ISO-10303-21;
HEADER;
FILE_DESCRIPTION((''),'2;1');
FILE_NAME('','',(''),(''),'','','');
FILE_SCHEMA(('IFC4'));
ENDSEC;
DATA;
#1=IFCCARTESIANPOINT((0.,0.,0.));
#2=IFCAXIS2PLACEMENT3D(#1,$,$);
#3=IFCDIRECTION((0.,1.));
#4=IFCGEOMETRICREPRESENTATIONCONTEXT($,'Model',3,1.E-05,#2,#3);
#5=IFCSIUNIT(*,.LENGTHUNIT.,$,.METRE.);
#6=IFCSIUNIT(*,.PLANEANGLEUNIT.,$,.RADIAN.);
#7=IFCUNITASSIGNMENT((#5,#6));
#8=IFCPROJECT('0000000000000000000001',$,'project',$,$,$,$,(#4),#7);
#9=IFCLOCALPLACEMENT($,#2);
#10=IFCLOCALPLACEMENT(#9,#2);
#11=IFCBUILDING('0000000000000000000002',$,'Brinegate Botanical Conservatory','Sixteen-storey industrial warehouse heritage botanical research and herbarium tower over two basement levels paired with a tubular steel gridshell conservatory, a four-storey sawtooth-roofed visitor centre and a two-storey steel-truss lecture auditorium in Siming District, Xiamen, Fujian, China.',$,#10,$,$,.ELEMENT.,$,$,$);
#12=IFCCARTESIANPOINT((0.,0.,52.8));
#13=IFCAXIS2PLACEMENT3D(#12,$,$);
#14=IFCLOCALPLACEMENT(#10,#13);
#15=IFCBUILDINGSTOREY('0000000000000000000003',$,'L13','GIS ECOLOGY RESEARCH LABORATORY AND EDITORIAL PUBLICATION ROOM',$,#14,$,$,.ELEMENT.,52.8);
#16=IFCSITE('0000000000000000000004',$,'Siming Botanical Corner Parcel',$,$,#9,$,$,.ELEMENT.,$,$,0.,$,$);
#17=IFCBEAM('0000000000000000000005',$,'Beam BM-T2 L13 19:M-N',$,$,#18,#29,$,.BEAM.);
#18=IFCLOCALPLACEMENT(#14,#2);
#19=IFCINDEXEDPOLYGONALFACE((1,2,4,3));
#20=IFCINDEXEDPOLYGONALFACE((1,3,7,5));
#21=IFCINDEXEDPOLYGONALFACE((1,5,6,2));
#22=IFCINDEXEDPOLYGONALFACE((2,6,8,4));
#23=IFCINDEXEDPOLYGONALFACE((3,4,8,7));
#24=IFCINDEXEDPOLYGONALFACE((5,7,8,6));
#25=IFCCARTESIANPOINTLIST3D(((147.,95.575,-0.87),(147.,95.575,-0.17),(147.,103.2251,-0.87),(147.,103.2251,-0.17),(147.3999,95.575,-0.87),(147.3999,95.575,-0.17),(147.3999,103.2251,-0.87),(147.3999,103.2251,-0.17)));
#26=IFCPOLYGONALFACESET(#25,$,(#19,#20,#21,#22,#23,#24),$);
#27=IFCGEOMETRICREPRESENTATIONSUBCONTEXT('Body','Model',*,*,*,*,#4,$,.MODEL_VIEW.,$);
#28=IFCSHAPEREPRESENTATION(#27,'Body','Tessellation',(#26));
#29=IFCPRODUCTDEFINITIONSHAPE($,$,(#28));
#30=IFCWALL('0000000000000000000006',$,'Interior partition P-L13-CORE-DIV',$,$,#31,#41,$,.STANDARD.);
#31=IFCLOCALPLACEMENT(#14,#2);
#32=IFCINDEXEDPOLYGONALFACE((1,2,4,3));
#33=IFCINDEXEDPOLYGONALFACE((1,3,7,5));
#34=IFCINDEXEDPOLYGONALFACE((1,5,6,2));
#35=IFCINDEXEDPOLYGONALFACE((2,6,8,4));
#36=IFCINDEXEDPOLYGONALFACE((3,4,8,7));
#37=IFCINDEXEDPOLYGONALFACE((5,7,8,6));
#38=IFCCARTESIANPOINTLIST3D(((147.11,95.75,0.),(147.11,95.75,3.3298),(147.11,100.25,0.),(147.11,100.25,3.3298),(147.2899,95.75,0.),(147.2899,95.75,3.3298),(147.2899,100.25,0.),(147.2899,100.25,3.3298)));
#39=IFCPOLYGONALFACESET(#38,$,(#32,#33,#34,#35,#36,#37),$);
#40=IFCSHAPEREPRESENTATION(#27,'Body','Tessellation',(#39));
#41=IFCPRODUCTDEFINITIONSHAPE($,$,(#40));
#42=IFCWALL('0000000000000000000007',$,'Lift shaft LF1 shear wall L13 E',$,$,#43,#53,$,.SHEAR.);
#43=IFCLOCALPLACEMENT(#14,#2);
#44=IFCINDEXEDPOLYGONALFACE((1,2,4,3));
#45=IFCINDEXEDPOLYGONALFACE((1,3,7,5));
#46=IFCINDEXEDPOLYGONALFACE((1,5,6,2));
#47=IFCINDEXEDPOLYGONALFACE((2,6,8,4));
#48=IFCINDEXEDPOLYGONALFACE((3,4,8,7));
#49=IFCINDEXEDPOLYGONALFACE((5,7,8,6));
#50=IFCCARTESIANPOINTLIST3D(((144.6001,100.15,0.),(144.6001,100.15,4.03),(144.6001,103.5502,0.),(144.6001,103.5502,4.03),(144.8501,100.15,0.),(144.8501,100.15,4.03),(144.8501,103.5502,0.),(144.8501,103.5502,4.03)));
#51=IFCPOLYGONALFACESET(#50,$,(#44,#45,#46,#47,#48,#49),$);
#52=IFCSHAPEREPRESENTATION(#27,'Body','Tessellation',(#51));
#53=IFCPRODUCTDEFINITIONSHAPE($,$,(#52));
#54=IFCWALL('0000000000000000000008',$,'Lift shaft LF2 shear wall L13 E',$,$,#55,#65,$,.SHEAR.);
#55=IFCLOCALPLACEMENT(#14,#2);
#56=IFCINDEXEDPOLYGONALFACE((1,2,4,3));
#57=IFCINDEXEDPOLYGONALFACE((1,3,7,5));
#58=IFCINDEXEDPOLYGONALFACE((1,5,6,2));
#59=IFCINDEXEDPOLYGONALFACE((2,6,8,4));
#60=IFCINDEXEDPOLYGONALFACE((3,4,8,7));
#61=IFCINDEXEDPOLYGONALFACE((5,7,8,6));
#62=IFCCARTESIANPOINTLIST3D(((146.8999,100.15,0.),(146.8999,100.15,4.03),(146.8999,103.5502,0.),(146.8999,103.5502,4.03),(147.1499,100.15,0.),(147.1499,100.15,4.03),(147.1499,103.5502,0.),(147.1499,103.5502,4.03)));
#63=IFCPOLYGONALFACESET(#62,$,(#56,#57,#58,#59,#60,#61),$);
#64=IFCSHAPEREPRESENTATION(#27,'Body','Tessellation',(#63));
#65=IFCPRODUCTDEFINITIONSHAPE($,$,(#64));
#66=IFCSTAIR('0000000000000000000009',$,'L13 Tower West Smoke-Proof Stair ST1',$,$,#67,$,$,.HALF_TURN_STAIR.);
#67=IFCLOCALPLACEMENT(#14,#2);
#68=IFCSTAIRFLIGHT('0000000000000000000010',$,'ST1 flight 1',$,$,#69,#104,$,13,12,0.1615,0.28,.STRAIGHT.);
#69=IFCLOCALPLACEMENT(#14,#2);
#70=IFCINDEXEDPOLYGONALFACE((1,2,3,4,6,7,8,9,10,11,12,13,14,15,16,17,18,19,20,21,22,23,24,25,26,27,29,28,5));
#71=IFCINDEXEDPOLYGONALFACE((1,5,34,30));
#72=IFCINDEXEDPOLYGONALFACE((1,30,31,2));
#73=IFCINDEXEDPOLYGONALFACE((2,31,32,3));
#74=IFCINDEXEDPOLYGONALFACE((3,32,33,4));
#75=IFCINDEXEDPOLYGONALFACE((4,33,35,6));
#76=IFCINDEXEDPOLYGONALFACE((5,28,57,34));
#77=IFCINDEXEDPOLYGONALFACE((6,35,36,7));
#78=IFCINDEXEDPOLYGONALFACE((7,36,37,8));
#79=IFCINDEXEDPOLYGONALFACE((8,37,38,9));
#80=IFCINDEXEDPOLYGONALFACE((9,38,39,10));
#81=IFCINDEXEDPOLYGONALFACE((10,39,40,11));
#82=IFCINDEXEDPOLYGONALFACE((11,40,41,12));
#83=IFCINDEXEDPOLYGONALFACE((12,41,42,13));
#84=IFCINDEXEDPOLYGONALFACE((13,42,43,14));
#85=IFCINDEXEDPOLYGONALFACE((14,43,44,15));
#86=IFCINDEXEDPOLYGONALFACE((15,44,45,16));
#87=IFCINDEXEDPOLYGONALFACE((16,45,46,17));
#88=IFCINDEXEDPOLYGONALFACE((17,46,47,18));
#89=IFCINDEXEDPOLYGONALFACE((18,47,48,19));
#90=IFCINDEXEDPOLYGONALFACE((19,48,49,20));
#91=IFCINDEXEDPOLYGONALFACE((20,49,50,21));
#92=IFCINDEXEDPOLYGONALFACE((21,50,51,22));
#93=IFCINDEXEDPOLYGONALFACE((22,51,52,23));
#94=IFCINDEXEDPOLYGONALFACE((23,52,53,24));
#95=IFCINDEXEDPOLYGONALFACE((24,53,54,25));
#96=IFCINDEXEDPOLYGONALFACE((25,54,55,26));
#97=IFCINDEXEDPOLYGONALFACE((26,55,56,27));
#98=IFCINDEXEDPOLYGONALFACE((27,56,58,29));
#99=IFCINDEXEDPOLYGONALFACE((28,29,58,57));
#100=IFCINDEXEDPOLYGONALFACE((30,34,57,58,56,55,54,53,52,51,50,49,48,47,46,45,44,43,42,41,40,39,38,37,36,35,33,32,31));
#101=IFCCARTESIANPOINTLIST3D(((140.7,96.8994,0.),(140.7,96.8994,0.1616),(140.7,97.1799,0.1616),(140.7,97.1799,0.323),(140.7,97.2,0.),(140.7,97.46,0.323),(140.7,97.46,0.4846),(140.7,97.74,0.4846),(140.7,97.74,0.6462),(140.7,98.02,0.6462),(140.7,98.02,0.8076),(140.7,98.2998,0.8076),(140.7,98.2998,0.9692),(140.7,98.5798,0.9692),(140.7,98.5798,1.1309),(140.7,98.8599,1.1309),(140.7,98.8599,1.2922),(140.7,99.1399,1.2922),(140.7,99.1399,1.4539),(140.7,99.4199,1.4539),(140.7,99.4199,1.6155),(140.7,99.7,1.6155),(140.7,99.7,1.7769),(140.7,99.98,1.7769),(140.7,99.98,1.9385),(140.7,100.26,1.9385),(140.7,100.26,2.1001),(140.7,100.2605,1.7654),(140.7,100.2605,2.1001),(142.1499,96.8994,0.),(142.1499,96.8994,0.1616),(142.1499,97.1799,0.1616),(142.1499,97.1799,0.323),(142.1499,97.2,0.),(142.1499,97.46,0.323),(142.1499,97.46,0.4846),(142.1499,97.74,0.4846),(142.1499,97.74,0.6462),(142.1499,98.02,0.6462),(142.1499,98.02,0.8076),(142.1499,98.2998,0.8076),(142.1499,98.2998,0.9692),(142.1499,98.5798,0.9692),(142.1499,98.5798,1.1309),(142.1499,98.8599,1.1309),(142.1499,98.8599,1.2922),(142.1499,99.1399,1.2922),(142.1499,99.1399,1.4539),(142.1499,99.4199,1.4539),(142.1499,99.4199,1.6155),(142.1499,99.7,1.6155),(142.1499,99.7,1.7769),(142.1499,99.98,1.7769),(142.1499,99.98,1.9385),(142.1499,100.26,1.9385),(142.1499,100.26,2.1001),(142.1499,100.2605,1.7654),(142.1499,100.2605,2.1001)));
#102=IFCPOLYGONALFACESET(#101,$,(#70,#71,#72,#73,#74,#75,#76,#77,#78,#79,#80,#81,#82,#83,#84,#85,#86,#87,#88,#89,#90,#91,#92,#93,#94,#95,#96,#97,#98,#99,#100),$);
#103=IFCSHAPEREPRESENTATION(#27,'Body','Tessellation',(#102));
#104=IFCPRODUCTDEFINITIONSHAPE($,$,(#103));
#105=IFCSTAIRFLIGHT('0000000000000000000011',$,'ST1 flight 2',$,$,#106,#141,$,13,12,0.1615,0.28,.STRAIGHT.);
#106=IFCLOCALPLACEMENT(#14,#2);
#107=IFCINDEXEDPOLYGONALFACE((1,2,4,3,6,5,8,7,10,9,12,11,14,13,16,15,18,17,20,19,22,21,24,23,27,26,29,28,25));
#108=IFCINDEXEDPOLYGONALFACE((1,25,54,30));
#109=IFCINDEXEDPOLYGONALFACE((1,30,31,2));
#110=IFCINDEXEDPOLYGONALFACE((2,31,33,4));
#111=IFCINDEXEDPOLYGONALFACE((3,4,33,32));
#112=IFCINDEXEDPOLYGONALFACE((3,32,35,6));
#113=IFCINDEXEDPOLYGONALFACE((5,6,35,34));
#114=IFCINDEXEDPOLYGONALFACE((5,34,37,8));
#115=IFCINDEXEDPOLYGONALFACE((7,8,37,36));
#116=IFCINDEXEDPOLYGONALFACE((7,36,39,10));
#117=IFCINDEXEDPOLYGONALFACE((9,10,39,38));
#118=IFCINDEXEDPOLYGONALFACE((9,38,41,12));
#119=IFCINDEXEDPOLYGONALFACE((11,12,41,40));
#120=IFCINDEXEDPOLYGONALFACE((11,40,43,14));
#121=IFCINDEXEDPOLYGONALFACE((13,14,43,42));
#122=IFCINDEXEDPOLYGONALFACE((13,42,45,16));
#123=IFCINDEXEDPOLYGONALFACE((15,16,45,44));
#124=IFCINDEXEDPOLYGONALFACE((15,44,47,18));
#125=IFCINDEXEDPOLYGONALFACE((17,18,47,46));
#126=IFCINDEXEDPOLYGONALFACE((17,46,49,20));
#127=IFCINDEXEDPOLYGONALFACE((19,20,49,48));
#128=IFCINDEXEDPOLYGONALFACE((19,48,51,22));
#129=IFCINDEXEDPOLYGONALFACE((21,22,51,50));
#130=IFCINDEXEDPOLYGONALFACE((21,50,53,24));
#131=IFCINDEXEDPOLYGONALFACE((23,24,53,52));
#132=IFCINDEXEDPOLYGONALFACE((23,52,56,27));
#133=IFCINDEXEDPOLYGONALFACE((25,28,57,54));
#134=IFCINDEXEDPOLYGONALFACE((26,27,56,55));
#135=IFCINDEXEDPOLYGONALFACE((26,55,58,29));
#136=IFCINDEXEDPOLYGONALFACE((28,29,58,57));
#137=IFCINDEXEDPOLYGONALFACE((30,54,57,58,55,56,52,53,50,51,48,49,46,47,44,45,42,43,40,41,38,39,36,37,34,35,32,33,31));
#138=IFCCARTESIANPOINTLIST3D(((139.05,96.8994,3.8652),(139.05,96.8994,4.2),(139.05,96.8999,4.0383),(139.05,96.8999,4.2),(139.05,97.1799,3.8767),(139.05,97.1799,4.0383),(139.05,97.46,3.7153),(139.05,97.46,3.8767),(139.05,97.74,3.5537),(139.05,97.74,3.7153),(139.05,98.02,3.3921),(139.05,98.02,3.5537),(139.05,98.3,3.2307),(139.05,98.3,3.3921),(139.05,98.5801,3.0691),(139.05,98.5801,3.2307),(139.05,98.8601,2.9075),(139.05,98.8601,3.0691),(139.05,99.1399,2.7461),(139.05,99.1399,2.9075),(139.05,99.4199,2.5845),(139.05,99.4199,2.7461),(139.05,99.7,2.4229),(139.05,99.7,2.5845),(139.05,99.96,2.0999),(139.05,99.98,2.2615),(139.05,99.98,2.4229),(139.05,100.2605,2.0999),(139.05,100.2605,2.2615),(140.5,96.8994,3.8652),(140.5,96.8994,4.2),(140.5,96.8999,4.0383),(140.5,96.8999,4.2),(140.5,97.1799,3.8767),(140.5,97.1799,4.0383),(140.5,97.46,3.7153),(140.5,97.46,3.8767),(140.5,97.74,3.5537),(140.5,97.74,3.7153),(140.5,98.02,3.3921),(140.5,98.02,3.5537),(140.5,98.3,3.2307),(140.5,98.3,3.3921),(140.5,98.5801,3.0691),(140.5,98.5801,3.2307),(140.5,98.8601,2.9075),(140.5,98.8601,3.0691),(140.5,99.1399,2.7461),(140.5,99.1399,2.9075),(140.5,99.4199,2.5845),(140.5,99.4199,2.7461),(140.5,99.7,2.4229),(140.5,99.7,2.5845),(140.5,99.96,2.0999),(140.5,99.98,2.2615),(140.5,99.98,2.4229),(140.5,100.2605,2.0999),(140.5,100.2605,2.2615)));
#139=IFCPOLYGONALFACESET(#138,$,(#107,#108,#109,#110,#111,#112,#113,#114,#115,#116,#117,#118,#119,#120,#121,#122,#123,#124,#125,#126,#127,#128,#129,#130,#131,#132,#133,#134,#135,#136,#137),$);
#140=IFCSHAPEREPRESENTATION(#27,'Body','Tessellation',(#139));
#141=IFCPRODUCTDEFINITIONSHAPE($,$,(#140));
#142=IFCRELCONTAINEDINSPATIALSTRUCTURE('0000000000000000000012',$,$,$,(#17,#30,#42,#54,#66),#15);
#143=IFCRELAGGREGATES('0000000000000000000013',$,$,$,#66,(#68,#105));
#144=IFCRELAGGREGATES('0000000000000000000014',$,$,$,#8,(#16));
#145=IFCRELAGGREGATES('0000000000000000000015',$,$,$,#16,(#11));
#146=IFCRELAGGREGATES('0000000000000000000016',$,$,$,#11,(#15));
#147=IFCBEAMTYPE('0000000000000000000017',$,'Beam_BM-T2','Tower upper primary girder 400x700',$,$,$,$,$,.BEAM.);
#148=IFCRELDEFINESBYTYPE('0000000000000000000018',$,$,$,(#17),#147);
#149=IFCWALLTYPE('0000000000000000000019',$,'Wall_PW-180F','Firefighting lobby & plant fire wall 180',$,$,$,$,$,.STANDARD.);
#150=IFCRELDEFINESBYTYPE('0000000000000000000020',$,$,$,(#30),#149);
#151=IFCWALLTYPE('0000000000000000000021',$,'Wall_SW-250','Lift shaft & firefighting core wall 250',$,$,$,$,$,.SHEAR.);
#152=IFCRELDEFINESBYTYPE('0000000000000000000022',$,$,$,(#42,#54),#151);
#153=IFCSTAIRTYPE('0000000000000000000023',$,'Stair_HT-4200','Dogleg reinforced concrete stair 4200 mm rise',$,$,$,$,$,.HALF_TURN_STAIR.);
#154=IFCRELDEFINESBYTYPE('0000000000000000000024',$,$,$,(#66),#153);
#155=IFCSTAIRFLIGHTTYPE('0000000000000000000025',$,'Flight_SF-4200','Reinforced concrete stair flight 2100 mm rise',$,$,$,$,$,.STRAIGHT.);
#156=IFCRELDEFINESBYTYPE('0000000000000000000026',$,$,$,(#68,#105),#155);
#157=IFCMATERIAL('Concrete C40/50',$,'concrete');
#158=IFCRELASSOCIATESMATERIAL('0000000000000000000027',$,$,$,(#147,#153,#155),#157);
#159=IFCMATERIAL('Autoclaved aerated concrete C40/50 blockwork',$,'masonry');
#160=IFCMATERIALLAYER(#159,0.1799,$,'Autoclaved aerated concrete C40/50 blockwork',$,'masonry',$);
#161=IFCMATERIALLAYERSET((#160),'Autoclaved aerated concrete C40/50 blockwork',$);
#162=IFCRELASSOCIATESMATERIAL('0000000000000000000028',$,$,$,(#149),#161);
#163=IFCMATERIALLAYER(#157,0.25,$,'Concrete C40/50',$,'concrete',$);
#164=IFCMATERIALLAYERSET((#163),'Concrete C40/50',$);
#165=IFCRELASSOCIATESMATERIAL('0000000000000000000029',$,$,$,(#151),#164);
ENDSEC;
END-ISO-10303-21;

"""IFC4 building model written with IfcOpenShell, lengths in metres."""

from ifc_helpers import new_model, si_unit, direction, frame, frame_2d, origin, origin_2d, place, context, subcontext, project, spatial, polyline, rectangle, outline, extrude, material, layer, layer_set, material_profile, profile_set, type_object, element, aggregate, save


model = new_model("IFC4")

# Units and contexts
model_context = context("Model", 3, precision=1e-05, world=origin(), true_north=direction((0.0, 1.0)))
body_context = subcontext(model_context, "Body", "Model", "MODEL_VIEW")
ifc_project = project(units=[si_unit("LENGTHUNIT", "METRE"), si_unit("PLANEANGLEUNIT", "RADIAN")], contexts=[model_context])

# Site, building, storey
site_placement = place(None, origin())
site = spatial("IfcSite", under=ifc_project, at=site_placement, Name="Siming Botanical Corner Parcel", CompositionType="ELEMENT", RefElevation=0.0)
building_placement = place(site_placement, origin())
building = spatial("IfcBuilding", under=site, at=building_placement, Name="Brinegate Botanical Conservatory", Description="Sixteen-storey industrial warehouse heritage botanical research and herbarium tower over two basement levels paired with a tubular steel gridshell conservatory, a four-storey sawtooth-roofed visitor centre and a two-storey steel-truss lecture auditorium in Siming District, Xiamen, Fujian, China.", CompositionType="ELEMENT")
storey_placement = place(building_placement, frame((0.0, 0.0, 52.8)))
storey = spatial("IfcBuildingStorey", under=building, at=storey_placement, Name="L13", Description="GIS ECOLOGY RESEARCH LABORATORY AND EDITORIAL PUBLICATION ROOM", CompositionType="ELEMENT", Elevation=52.8)

# Beam
ifc_material_1 = material(Name="Concrete C40/50", Category="concrete")
ifc_material_profile = material_profile(ifc_material_1, rectangle(XDim=0.3999, YDim=0.7, at=origin_2d()), Name="RC BM 400x700")
ifc_profile_set = profile_set([ifc_material_profile], Name="Concrete C40/50")
beam_type = type_object("IfcBeamType", Name="Beam_BM-T2", Description="Tower upper primary girder 400x700", PredefinedType="BEAM", material=ifc_profile_set)
beam_placement = place(storey_placement, frame((147.2, 95.575, -0.52), z_axis=(0.0, 1.0, 0.0), x_axis=(-1.0, 0.0, 0.0)))
element("IfcBeam", 1, at=beam_placement, inside=storey, type_object=beam_type, Name="Beam BM-T2 L13 19:M-N", PredefinedType="BEAM", context=body_context, shape_type="SweptSolid", body=[
    extrude(rectangle(XDim=0.3999, YDim=0.7, at=origin_2d()), origin(), (0.0, 0.0, 1.0), 7.6501),
])

# Wall
ifc_material_2 = material(Name="Autoclaved aerated concrete C40/50 blockwork", Category="masonry")
ifc_layer_1 = layer(ifc_material_2, 0.1799, Name="Autoclaved aerated concrete C40/50 blockwork", Category="masonry")
ifc_layer_set_1 = layer_set([ifc_layer_1], Name="Autoclaved aerated concrete C40/50 blockwork")
wall_type_1 = type_object("IfcWallType", Name="Wall_PW-180F", Description="Firefighting lobby & plant fire wall 180", PredefinedType="STANDARD", material=ifc_layer_set_1)
wall_1_placement = place(storey_placement, frame((147.2, 95.75, 0.0), z_axis=(0.0, 0.0, 1.0), x_axis=(0.0, 1.0, 0.0)))
element("IfcWall", 2, at=wall_1_placement, inside=storey, type_object=wall_type_1, Name="Interior partition P-L13-CORE-DIV", PredefinedType="STANDARD", context=body_context, shape_type="SweptSolid", body=[
    extrude(rectangle(XDim=4.5, YDim=0.1799, at=frame_2d((2.25, 0.0))), origin(), (0.0, 0.0, 1.0), 3.3298),
])

# Shared definitions
ifc_layer_2 = layer(ifc_material_1, 0.25, Name="Concrete C40/50", Category="concrete")
ifc_layer_set_2 = layer_set([ifc_layer_2], Name="Concrete C40/50")
wall_type_2 = type_object("IfcWallType", Name="Wall_SW-250", Description="Lift shaft & firefighting core wall 250", PredefinedType="SHEAR", material=ifc_layer_set_2)

# Wall
wall_2_placement = place(storey_placement, frame((144.7251, 100.1499, 0.0), z_axis=(0.0, 0.0, 1.0), x_axis=(0.0, 1.0, 0.0)))
element("IfcWall", 3, at=wall_2_placement, inside=storey, type_object=wall_type_2, Name="Lift shaft LF1 shear wall L13 E", PredefinedType="SHEAR", context=body_context, shape_type="SweptSolid", body=[
    extrude(rectangle(XDim=3.4001, YDim=0.25, at=frame_2d((1.7002, 0.0))), origin(), (0.0, 0.0, 1.0), 4.03),
])

# Wall
wall_3_placement = place(storey_placement, frame((147.0249, 100.1499, 0.0), z_axis=(0.0, 0.0, 1.0), x_axis=(0.0, 1.0, 0.0)))
element("IfcWall", 4, at=wall_3_placement, inside=storey, type_object=wall_type_2, Name="Lift shaft LF2 shear wall L13 E", PredefinedType="SHEAR", context=body_context, shape_type="SweptSolid", body=[
    extrude(rectangle(XDim=3.4001, YDim=0.25, at=frame_2d((1.7002, 0.0))), origin(), (0.0, 0.0, 1.0), 4.03),
])

# Stair, stair flights
stair_type = type_object("IfcStairType", Name="Stair_HT-4200", Description="Dogleg reinforced concrete stair 4200 mm rise", PredefinedType="HALF_TURN_STAIR", material=ifc_material_1)
stair_placement = place(storey_placement, origin())
stair = element("IfcStair", 5, at=stair_placement, inside=storey, type_object=stair_type, Name="L13 Tower West Smoke-Proof Stair ST1", PredefinedType="HALF_TURN_STAIR")
stair_flight_type = type_object("IfcStairFlightType", Name="Flight_SF-4200", Description="Reinforced concrete stair flight 2100 mm rise", PredefinedType="STRAIGHT", material=ifc_material_1)
stair_flight_1_placement = place(storey_placement, frame((141.425, 96.8999, 0.0), z_axis=(0.0, 0.0, 1.0), x_axis=(0.0, 1.0, 0.0)))
stair_flight_1 = element("IfcStairFlight", 6, at=stair_flight_1_placement, type_object=stair_flight_type, Name="ST1 flight 1", NumberOfRisers=13, NumberOfTreads=12, PredefinedType="STRAIGHT", RiserHeight=0.1615, TreadLength=0.28, context=body_context, shape_type="SweptSolid", body=[
    extrude(outline(polyline([(-0.0005, 0.0), (-0.0005, 0.1616), (0.28, 0.1616), (0.28, 0.323), (0.5601, 0.323), (0.5601, 0.4846), (0.8401, 0.4846), (0.8401, 0.6462), (1.1201, 0.6462), (1.1201, 0.8076), (1.3999, 0.8076), (1.3999, 0.9692), (1.6799, 0.9692), (1.6799, 1.1309), (1.96, 1.1309), (1.96, 1.2922), (2.24, 1.2922), (2.24, 1.4539), (2.52, 1.4539), (2.52, 1.6155), (2.8, 1.6155), (2.8, 1.7769), (3.0801, 1.7769), (3.0801, 1.9385), (3.3601, 1.9385), (3.3601, 2.1001), (3.3606, 2.1001), (3.3606, 1.7654), (0.3, 0.0), (-0.0005, 0.0)])), frame((0.0, 0.7251, 0.0), z_axis=(0.0, -1.0, 0.0), x_axis=(1.0, 0.0, 0.0)), (0.0, 0.0, 1.0), 1.45),
])
stair_flight_2_placement = place(storey_placement, frame((139.7749, 100.26, 2.0999), z_axis=(0.0, 0.0, 1.0), x_axis=(0.0, -1.0, 0.0)))
stair_flight_2 = element("IfcStairFlight", 7, at=stair_flight_2_placement, type_object=stair_flight_type, Name="ST1 flight 2", NumberOfRisers=13, NumberOfTreads=12, PredefinedType="STRAIGHT", RiserHeight=0.1615, TreadLength=0.28, context=body_context, shape_type="SweptSolid", body=[
    extrude(outline(polyline([(-0.0005, 0.0), (-0.0005, 0.1616), (0.28, 0.1616), (0.28, 0.323), (0.5601, 0.323), (0.5601, 0.4846), (0.8401, 0.4846), (0.8401, 0.6462), (1.1201, 0.6462), (1.1201, 0.8076), (1.3999, 0.8076), (1.3999, 0.9692), (1.6799, 0.9692), (1.6799, 1.1309), (1.96, 1.1309), (1.96, 1.2922), (2.24, 1.2922), (2.24, 1.4539), (2.52, 1.4539), (2.52, 1.6155), (2.8, 1.6155), (2.8, 1.7769), (3.0801, 1.7769), (3.0801, 1.9385), (3.3601, 1.9385), (3.3601, 2.1001), (3.3606, 2.1001), (3.3606, 1.7654), (0.3, 0.0), (-0.0005, 0.0)])), frame((0.0, 0.7251, 0.0), z_axis=(0.0, -1.0, 0.0), x_axis=(1.0, 0.0, 0.0)), (0.0, 0.0, 1.0), 1.45),
])
aggregate(stair, [stair_flight_1, stair_flight_2])

save(model, "model.ifc")
